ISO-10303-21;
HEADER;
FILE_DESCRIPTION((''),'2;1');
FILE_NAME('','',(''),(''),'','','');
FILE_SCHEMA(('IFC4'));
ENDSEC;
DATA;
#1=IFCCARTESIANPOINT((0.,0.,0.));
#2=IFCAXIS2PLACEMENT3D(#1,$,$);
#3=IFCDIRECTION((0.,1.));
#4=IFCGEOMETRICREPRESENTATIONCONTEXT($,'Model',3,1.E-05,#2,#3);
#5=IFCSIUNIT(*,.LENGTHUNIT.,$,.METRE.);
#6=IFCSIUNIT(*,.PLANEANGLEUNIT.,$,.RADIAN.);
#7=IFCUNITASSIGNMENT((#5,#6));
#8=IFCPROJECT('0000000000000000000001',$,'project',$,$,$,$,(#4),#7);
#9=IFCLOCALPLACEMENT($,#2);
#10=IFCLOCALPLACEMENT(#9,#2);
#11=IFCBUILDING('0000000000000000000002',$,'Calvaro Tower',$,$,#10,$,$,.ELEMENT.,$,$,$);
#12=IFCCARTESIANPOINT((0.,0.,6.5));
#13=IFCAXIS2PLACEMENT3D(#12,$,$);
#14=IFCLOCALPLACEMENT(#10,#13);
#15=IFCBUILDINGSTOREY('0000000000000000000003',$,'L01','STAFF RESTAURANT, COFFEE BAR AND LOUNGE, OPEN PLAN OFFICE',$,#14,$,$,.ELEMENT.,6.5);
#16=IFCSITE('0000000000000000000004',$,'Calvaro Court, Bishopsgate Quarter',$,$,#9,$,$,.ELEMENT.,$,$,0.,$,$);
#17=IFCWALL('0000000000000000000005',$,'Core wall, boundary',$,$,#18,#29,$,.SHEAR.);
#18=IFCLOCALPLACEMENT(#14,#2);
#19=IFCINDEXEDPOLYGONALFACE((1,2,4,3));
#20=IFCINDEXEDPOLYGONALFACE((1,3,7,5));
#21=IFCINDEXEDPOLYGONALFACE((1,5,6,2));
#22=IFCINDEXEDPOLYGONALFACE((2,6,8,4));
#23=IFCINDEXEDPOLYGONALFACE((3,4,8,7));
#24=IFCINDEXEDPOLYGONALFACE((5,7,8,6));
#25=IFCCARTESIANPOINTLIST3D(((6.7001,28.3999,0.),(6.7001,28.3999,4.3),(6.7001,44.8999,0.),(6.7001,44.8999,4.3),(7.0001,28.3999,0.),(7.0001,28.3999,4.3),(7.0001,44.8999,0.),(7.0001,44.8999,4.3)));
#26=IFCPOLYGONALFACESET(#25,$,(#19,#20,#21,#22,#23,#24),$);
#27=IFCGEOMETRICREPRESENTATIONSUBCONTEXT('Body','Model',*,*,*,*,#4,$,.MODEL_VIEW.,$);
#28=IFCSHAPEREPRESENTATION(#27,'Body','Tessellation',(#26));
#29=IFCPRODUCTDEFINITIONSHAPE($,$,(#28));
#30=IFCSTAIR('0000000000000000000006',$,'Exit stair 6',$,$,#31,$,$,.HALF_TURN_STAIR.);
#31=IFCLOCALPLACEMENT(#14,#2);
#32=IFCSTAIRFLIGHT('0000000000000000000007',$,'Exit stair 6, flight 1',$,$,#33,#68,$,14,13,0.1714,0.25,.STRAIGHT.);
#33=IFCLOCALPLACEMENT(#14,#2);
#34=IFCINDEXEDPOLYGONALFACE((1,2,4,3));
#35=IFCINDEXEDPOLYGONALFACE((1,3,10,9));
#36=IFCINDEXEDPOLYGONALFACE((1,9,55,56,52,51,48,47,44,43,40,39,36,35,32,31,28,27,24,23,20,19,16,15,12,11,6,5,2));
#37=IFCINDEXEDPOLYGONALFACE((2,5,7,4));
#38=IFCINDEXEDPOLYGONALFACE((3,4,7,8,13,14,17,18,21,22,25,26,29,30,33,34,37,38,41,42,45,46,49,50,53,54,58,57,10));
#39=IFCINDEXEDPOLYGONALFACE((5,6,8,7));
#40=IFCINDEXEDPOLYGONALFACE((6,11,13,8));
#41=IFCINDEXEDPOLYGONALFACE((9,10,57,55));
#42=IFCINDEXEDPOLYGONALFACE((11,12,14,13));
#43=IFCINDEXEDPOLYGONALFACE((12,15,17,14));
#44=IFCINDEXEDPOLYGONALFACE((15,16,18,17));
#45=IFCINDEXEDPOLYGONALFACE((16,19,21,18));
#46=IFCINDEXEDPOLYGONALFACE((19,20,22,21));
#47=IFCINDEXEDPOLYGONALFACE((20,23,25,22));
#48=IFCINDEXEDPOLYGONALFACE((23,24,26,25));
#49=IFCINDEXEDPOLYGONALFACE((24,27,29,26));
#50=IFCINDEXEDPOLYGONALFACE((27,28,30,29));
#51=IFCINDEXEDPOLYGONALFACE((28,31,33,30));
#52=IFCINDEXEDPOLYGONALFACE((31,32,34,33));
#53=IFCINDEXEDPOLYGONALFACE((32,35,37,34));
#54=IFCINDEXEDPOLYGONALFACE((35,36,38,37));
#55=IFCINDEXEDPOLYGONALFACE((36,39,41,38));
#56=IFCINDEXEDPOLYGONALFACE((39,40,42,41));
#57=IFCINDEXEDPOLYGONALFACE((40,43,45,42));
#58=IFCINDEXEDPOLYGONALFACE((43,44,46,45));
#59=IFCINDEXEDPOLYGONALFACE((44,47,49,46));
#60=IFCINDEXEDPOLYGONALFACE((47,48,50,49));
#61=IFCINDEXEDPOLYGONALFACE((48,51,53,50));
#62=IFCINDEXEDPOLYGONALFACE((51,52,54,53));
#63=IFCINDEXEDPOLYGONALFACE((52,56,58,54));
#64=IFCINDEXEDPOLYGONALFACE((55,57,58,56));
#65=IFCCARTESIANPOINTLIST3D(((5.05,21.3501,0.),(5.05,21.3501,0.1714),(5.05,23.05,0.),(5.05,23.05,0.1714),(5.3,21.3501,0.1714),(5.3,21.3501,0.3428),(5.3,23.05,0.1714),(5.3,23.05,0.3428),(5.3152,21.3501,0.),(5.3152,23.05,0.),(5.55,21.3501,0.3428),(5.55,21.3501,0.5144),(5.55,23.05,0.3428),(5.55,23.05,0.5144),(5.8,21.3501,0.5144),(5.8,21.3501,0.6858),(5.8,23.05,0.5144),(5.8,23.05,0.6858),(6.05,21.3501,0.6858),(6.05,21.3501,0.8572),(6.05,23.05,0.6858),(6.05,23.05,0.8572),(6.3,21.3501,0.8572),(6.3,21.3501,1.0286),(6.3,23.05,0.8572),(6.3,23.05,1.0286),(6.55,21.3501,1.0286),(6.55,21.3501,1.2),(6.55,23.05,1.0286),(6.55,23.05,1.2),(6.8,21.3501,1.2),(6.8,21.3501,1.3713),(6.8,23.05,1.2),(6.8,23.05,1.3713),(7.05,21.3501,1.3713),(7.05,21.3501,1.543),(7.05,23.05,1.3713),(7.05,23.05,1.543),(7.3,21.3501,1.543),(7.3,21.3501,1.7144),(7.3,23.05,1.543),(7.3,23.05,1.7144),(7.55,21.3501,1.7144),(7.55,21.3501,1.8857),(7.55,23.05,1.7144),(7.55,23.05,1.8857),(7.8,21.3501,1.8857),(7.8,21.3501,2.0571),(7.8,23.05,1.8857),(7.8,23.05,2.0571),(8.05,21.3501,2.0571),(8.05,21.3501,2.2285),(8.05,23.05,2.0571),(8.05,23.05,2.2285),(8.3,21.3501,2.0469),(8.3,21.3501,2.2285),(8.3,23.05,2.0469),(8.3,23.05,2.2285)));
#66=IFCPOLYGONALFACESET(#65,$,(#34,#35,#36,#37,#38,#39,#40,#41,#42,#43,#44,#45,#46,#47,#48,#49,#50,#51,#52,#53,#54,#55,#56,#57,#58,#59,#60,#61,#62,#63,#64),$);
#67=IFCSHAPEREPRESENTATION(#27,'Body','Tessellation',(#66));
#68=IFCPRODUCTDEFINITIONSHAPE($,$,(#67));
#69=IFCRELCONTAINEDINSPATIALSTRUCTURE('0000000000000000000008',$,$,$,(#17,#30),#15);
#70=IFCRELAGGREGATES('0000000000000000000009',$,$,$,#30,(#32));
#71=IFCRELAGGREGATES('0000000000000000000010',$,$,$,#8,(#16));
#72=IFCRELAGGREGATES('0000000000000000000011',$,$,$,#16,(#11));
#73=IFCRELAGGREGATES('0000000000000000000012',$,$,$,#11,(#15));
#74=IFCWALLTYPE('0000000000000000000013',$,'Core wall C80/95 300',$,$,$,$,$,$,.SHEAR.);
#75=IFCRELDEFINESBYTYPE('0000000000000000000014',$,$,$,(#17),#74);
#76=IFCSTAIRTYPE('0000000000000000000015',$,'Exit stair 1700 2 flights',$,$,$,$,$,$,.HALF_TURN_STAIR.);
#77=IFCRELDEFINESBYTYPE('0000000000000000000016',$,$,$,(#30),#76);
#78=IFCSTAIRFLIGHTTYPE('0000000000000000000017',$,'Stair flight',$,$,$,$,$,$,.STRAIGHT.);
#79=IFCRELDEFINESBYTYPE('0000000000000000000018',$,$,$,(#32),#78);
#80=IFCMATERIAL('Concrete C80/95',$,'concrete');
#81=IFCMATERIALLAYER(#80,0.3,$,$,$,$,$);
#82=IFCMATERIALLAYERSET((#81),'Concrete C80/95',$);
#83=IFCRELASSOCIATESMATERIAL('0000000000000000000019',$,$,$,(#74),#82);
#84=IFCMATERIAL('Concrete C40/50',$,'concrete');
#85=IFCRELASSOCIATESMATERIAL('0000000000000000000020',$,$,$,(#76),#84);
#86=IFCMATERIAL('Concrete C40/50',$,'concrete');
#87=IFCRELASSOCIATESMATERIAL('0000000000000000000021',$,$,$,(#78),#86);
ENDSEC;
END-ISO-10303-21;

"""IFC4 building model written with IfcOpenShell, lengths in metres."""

from ifc_helpers import new_model, si_unit, direction, frame, frame_2d, origin, place, context, subcontext, project, spatial, polyline, rectangle, outline, extrude, material, layer, layer_set, type_object, element, aggregate, save


model = new_model("IFC4")

# Units and contexts
model_context = context("Model", 3, precision=1e-05, world=origin(), true_north=direction((0.0, 1.0)))
body_context = subcontext(model_context, "Body", "Model", "MODEL_VIEW")
ifc_project = project(units=[si_unit("LENGTHUNIT", "METRE"), si_unit("PLANEANGLEUNIT", "RADIAN")], contexts=[model_context])

# Site, building, storey
site_placement = place(None, origin())
site = spatial("IfcSite", under=ifc_project, at=site_placement, Name="Calvaro Court, Bishopsgate Quarter", CompositionType="ELEMENT", RefElevation=0.0)
building_placement = place(site_placement, origin())
building = spatial("IfcBuilding", under=site, at=building_placement, Name="Calvaro Tower", CompositionType="ELEMENT")
storey_placement = place(building_placement, frame((0.0, 0.0, 6.5)))
storey = spatial("IfcBuildingStorey", under=building, at=storey_placement, Name="L01", Description="STAFF RESTAURANT, COFFEE BAR AND LOUNGE, OPEN PLAN OFFICE", CompositionType="ELEMENT", Elevation=6.5)

# Wall
ifc_material_1 = material(Name="Concrete C80/95", Category="concrete")
ifc_layer_1 = layer(ifc_material_1, 0.3)
ifc_layer_set_1 = layer_set([ifc_layer_1], Name="Concrete C80/95")
wall_type_1 = type_object("IfcWallType", Name="Core wall C80/95 300", PredefinedType="SHEAR", material=ifc_layer_set_1)
wall_1_placement = place(storey_placement, frame((6.8501, 28.3999, 0.0), z_axis=(0.0, 0.0, 1.0), x_axis=(0.0, 1.0, 0.0)))
element("IfcWall", 1, at=wall_1_placement, inside=storey, type_object=wall_type_1, Name="Core wall, boundary", PredefinedType="SHEAR", context=body_context, shape_type="SweptSolid", body=[
    extrude(rectangle(XDim=16.5, YDim=0.3, at=frame_2d((8.25, 0.0))), origin(), (0.0, 0.0, 1.0), 4.3),
])

# Stair, stair flight
ifc_material_2 = material(Name="Concrete C40/50", Category="concrete")
stair_type = type_object("IfcStairType", Name="Exit stair 1700 2 flights", PredefinedType="HALF_TURN_STAIR", material=ifc_material_2)
stair_placement = place(storey_placement, origin())
stair = element("IfcStair", 2, at=stair_placement, inside=storey, type_object=stair_type, Name="Exit stair 6", PredefinedType="HALF_TURN_STAIR")
ifc_material_3 = material(Name="Concrete C40/50", Category="concrete")
stair_flight_type = type_object("IfcStairFlightType", Name="Stair flight", PredefinedType="STRAIGHT", material=ifc_material_3)
stair_flight_placement = place(storey_placement, frame((5.05, 22.2, 0.0), z_axis=(0.0, 0.0, 1.0), x_axis=(1.0, 0.0, 0.0)))
stair_flight = element("IfcStairFlight", 3, at=stair_flight_placement, type_object=stair_flight_type, Name="Exit stair 6, flight 1", NumberOfRisers=14, NumberOfTreads=13, PredefinedType="STRAIGHT", RiserHeight=0.1714, TreadLength=0.25, context=body_context, shape_type="SweptSolid", body=[
    extrude(outline(polyline([(0.0, 0.0), (0.0, 0.1714), (0.25, 0.1714), (0.25, 0.3428), (0.5, 0.3428), (0.5, 0.5144), (0.75, 0.5144), (0.75, 0.6858), (1.0, 0.6858), (1.0, 0.8572), (1.25, 0.8572), (1.25, 1.0286), (1.5, 1.0286), (1.5, 1.2), (1.75, 1.2), (1.75, 1.3713), (2.0, 1.3713), (2.0, 1.543), (2.25, 1.543), (2.25, 1.7144), (2.5, 1.7144), (2.5, 1.8857), (2.75, 1.8857), (2.75, 2.0571), (3.0, 2.0571), (3.0, 2.2285), (3.25, 2.2285), (3.25, 2.3999), (3.25, 2.0469), (0.2651, 0.0), (0.0, 0.0)])), frame((0.0, 0.8501, 0.0), z_axis=(0.0, -1.0, 0.0), x_axis=(1.0, 0.0, 0.0)), (0.0, 0.0, 1.0), 1.7),
])
aggregate(stair, [stair_flight])

save(model, "model.ifc")
